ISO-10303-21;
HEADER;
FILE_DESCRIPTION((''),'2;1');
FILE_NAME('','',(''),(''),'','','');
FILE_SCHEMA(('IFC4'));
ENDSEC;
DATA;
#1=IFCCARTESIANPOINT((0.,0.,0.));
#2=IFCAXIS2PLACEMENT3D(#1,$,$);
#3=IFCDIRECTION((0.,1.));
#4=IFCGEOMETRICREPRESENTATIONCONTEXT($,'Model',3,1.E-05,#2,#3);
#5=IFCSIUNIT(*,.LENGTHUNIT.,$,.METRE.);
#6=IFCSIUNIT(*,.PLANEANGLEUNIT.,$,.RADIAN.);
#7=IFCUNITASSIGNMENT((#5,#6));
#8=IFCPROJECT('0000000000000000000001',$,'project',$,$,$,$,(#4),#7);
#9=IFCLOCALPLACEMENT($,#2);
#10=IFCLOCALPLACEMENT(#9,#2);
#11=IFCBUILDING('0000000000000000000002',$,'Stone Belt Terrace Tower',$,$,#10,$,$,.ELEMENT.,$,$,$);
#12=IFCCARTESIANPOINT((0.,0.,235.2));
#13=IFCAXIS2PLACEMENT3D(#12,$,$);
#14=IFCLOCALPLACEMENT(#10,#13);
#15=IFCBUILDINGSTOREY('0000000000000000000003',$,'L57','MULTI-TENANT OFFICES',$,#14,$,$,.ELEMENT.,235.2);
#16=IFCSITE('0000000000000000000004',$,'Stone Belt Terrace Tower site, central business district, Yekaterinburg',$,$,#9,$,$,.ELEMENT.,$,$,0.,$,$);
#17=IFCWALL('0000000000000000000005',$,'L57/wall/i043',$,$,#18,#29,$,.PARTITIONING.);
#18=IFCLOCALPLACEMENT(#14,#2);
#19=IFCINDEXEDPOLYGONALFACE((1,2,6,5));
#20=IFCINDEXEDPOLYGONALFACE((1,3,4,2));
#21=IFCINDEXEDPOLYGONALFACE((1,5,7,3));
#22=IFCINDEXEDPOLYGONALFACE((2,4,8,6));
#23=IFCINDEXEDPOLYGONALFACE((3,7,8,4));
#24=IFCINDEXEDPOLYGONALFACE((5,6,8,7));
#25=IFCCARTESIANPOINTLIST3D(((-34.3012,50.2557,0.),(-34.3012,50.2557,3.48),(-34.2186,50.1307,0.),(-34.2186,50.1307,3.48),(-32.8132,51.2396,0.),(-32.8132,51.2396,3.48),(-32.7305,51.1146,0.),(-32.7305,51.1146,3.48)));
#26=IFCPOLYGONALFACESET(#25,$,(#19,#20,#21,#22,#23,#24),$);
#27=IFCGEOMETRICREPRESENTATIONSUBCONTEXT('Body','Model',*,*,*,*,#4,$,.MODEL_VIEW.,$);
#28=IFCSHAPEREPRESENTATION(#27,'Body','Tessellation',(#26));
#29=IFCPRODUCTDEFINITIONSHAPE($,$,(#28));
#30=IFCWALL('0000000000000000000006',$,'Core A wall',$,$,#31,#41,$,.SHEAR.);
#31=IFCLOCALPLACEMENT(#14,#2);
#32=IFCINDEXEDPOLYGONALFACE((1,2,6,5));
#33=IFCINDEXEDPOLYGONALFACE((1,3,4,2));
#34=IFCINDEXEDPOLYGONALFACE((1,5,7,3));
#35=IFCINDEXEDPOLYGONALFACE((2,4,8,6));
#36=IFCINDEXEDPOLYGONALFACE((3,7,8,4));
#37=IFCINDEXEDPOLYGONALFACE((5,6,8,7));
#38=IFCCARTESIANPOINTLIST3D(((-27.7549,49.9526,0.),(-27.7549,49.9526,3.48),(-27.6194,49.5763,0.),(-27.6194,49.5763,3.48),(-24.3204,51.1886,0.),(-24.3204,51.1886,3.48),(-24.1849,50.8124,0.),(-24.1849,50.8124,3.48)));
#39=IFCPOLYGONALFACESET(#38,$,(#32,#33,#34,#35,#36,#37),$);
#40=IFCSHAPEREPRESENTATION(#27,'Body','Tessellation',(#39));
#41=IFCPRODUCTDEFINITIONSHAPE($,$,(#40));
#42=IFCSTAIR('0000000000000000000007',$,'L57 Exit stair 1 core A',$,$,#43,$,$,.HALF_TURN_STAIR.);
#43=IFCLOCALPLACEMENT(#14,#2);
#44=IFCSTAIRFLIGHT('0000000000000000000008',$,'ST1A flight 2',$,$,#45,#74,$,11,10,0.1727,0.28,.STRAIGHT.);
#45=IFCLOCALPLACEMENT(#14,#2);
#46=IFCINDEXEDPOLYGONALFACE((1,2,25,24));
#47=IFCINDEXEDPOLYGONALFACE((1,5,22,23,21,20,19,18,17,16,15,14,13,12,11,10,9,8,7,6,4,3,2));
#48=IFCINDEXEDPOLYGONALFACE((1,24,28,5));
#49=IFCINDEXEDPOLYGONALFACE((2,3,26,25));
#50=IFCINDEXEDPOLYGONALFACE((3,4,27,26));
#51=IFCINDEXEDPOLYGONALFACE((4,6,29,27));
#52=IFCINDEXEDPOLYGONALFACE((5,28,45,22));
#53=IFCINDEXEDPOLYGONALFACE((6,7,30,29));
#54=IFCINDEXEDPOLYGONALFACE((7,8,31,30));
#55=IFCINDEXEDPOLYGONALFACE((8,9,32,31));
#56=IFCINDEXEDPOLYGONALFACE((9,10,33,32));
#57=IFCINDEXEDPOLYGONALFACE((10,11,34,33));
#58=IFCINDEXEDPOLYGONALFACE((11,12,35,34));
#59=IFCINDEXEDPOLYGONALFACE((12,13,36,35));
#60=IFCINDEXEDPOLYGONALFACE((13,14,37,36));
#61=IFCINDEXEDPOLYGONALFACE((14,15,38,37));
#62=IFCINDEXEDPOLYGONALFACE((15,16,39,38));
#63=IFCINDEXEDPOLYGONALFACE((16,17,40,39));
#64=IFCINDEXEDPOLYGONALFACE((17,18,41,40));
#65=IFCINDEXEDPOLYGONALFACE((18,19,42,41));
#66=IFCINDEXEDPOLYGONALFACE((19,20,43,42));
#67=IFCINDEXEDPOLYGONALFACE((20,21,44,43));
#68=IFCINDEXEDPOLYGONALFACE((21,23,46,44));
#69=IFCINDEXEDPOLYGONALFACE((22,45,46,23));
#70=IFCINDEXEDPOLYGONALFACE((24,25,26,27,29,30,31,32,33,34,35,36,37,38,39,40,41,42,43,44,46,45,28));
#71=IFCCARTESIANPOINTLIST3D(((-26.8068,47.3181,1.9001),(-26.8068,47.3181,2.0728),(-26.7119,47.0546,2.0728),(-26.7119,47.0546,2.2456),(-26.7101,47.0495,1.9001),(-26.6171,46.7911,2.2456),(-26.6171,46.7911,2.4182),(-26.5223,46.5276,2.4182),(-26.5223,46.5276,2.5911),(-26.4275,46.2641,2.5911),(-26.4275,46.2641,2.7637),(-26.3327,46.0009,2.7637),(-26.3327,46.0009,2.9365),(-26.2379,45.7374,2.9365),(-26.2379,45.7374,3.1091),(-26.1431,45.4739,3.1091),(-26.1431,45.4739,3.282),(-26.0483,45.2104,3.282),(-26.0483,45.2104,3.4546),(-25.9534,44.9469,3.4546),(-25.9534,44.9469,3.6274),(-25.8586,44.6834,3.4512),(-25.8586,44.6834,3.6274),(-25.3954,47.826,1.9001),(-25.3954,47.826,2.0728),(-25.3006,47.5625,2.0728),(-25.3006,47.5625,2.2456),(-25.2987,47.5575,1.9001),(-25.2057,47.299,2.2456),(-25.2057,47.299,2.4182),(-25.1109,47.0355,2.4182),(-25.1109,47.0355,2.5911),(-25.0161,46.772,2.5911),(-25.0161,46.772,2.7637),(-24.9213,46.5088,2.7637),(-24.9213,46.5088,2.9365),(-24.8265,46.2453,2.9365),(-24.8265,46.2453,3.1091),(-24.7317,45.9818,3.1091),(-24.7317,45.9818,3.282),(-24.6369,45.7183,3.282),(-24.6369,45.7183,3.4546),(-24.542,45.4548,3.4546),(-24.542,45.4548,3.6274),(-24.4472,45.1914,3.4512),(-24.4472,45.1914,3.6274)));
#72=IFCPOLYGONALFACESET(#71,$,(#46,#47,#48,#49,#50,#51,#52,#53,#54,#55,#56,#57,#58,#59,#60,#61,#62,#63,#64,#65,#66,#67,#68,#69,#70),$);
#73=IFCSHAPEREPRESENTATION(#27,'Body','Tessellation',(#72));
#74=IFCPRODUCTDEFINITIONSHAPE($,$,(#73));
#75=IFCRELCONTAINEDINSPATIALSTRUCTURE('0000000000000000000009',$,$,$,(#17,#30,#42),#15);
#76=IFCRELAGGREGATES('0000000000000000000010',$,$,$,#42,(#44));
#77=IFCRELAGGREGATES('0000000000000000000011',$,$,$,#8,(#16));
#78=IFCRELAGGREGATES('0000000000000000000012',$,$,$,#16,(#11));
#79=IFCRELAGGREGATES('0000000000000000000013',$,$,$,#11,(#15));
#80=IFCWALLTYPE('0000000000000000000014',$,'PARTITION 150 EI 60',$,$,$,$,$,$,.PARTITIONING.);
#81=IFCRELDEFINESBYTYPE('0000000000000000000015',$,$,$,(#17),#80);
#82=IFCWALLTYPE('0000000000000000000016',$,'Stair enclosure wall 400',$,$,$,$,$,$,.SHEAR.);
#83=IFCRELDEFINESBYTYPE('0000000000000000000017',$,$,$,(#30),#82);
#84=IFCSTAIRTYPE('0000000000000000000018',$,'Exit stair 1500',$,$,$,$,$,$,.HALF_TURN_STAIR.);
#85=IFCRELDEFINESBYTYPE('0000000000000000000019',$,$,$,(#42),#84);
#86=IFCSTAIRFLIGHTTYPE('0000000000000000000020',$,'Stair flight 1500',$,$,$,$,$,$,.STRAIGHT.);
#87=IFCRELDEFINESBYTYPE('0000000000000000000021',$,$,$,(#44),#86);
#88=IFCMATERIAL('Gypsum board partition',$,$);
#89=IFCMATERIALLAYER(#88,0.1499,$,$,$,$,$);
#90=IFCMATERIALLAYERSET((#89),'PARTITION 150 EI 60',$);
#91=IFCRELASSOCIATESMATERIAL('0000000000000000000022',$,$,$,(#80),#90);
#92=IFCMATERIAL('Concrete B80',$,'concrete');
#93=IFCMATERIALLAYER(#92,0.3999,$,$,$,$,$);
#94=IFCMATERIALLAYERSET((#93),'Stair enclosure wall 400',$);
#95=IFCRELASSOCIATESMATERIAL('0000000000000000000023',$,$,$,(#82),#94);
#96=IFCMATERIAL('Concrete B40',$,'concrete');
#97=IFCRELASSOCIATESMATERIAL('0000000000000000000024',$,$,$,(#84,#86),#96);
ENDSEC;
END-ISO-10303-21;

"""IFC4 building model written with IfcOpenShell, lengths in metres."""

from ifc_helpers import new_model, si_unit, direction, frame, frame_2d, origin, place, context, subcontext, project, spatial, polyline, rectangle, outline, extrude, material, layer, layer_set, type_object, element, aggregate, save


model = new_model("IFC4")

# Units and contexts
model_context = context("Model", 3, precision=1e-05, world=origin(), true_north=direction((0.0, 1.0)))
body_context = subcontext(model_context, "Body", "Model", "MODEL_VIEW")
ifc_project = project(units=[si_unit("LENGTHUNIT", "METRE"), si_unit("PLANEANGLEUNIT", "RADIAN")], contexts=[model_context])

# Site, building, storey
site_placement = place(None, origin())
site = spatial("IfcSite", under=ifc_project, at=site_placement, Name="Stone Belt Terrace Tower site, central business district, Yekaterinburg", CompositionType="ELEMENT", RefElevation=0.0)
building_placement = place(site_placement, origin())
building = spatial("IfcBuilding", under=site, at=building_placement, Name="Stone Belt Terrace Tower", CompositionType="ELEMENT")
storey_placement = place(building_placement, frame((0.0, 0.0, 235.2)))
storey = spatial("IfcBuildingStorey", under=building, at=storey_placement, Name="L57", Description="MULTI-TENANT OFFICES", CompositionType="ELEMENT", Elevation=235.2)

# Shared definitions
ifc_material_1 = material(Name="Concrete B80", Category="concrete")

# Shared definitions
ifc_material_2 = material(Name="Gypsum board partition")
ifc_layer_1 = layer(ifc_material_2, 0.1499)
ifc_layer_set_1 = layer_set([ifc_layer_1], Name="PARTITION 150 EI 60")
wall_type_1 = type_object("IfcWallType", Name="PARTITION 150 EI 60", PredefinedType="PARTITIONING", material=ifc_layer_set_1)

# Walls
wall_1_placement = place(storey_placement, frame((-34.26, 50.1931, 0.0), z_axis=(0.0, 0.0, 1.0), x_axis=(0.83415, 0.551538, 0.0)))
element("IfcWall", 1, at=wall_1_placement, inside=storey, type_object=wall_type_1, Name="L57/wall/i043", PredefinedType="PARTITIONING", context=body_context, shape_type="SweptSolid", body=[
    extrude(rectangle(XDim=1.7839, YDim=0.1499, at=frame_2d((0.8921, 0.0))), origin(), (0.0, 0.0, 1.0), 3.48),
])
ifc_layer_2 = layer(ifc_material_1, 0.3999)
ifc_layer_set_2 = layer_set([ifc_layer_2], Name="Stair enclosure wall 400")
wall_type_2 = type_object("IfcWallType", Name="Stair enclosure wall 400", PredefinedType="SHEAR", material=ifc_layer_set_2)
wall_2_placement = place(storey_placement, frame((-27.6873, 49.7644, 0.0), z_axis=(0.0, 0.0, 1.0), x_axis=(0.940919, 0.338632, 0.0)))
element("IfcWall", 2, at=wall_2_placement, inside=storey, type_object=wall_type_2, Name="Core A wall", PredefinedType="SHEAR", context=body_context, shape_type="SweptSolid", body=[
    extrude(rectangle(XDim=3.6501, YDim=0.3999, at=frame_2d((1.8252, 0.0))), origin(), (0.0, 0.0, 1.0), 3.48),
])

# Stair, stair flight
ifc_material_3 = material(Name="Concrete B40", Category="concrete")
stair_type = type_object("IfcStairType", Name="Exit stair 1500", PredefinedType="HALF_TURN_STAIR", material=ifc_material_3)
stair_placement = place(storey_placement, origin())
stair = element("IfcStair", 3, at=stair_placement, inside=storey, type_object=stair_type, Name="L57 Exit stair 1 core A", PredefinedType="HALF_TURN_STAIR")
stair_flight_type = type_object("IfcStairFlightType", Name="Stair flight 1500", PredefinedType="STRAIGHT", material=ifc_material_3)
stair_flight_placement = place(storey_placement, frame((-26.1011, 47.572, 1.9001), z_axis=(0.0, 0.0, 1.0), x_axis=(0.338624, -0.940922, 0.0)))
stair_flight = element("IfcStairFlight", 4, at=stair_flight_placement, type_object=stair_flight_type, Name="ST1A flight 2", NumberOfRisers=11, NumberOfTreads=10, PredefinedType="STRAIGHT", RiserHeight=0.1727, TreadLength=0.28, context=body_context, shape_type="SweptSolid", body=[
    extrude(outline(polyline([(0.0, 0.0), (0.0, 0.1726), (0.28, 0.1726), (0.28, 0.3455), (0.5601, 0.3455), (0.5601, 0.5181), (0.8401, 0.5181), (0.8401, 0.6909), (1.1201, 0.6909), (1.1201, 0.8635), (1.3999, 0.8635), (1.3999, 1.0364), (1.6799, 1.0364), (1.6799, 1.209), (1.96, 1.209), (1.96, 1.3818), (2.24, 1.3818), (2.24, 1.5544), (2.52, 1.5544), (2.52, 1.7273), (2.8, 1.7273), (2.8, 1.8999), (2.8, 1.551), (0.2854, 0.0), (0.0, 0.0)])), frame((0.0, 0.75, 0.0), z_axis=(0.0, -1.0, 0.0), x_axis=(1.0, 0.0, 0.0)), (0.0, 0.0, 1.0), 1.5),
])
aggregate(stair, [stair_flight])

save(model, "model.ifc")
